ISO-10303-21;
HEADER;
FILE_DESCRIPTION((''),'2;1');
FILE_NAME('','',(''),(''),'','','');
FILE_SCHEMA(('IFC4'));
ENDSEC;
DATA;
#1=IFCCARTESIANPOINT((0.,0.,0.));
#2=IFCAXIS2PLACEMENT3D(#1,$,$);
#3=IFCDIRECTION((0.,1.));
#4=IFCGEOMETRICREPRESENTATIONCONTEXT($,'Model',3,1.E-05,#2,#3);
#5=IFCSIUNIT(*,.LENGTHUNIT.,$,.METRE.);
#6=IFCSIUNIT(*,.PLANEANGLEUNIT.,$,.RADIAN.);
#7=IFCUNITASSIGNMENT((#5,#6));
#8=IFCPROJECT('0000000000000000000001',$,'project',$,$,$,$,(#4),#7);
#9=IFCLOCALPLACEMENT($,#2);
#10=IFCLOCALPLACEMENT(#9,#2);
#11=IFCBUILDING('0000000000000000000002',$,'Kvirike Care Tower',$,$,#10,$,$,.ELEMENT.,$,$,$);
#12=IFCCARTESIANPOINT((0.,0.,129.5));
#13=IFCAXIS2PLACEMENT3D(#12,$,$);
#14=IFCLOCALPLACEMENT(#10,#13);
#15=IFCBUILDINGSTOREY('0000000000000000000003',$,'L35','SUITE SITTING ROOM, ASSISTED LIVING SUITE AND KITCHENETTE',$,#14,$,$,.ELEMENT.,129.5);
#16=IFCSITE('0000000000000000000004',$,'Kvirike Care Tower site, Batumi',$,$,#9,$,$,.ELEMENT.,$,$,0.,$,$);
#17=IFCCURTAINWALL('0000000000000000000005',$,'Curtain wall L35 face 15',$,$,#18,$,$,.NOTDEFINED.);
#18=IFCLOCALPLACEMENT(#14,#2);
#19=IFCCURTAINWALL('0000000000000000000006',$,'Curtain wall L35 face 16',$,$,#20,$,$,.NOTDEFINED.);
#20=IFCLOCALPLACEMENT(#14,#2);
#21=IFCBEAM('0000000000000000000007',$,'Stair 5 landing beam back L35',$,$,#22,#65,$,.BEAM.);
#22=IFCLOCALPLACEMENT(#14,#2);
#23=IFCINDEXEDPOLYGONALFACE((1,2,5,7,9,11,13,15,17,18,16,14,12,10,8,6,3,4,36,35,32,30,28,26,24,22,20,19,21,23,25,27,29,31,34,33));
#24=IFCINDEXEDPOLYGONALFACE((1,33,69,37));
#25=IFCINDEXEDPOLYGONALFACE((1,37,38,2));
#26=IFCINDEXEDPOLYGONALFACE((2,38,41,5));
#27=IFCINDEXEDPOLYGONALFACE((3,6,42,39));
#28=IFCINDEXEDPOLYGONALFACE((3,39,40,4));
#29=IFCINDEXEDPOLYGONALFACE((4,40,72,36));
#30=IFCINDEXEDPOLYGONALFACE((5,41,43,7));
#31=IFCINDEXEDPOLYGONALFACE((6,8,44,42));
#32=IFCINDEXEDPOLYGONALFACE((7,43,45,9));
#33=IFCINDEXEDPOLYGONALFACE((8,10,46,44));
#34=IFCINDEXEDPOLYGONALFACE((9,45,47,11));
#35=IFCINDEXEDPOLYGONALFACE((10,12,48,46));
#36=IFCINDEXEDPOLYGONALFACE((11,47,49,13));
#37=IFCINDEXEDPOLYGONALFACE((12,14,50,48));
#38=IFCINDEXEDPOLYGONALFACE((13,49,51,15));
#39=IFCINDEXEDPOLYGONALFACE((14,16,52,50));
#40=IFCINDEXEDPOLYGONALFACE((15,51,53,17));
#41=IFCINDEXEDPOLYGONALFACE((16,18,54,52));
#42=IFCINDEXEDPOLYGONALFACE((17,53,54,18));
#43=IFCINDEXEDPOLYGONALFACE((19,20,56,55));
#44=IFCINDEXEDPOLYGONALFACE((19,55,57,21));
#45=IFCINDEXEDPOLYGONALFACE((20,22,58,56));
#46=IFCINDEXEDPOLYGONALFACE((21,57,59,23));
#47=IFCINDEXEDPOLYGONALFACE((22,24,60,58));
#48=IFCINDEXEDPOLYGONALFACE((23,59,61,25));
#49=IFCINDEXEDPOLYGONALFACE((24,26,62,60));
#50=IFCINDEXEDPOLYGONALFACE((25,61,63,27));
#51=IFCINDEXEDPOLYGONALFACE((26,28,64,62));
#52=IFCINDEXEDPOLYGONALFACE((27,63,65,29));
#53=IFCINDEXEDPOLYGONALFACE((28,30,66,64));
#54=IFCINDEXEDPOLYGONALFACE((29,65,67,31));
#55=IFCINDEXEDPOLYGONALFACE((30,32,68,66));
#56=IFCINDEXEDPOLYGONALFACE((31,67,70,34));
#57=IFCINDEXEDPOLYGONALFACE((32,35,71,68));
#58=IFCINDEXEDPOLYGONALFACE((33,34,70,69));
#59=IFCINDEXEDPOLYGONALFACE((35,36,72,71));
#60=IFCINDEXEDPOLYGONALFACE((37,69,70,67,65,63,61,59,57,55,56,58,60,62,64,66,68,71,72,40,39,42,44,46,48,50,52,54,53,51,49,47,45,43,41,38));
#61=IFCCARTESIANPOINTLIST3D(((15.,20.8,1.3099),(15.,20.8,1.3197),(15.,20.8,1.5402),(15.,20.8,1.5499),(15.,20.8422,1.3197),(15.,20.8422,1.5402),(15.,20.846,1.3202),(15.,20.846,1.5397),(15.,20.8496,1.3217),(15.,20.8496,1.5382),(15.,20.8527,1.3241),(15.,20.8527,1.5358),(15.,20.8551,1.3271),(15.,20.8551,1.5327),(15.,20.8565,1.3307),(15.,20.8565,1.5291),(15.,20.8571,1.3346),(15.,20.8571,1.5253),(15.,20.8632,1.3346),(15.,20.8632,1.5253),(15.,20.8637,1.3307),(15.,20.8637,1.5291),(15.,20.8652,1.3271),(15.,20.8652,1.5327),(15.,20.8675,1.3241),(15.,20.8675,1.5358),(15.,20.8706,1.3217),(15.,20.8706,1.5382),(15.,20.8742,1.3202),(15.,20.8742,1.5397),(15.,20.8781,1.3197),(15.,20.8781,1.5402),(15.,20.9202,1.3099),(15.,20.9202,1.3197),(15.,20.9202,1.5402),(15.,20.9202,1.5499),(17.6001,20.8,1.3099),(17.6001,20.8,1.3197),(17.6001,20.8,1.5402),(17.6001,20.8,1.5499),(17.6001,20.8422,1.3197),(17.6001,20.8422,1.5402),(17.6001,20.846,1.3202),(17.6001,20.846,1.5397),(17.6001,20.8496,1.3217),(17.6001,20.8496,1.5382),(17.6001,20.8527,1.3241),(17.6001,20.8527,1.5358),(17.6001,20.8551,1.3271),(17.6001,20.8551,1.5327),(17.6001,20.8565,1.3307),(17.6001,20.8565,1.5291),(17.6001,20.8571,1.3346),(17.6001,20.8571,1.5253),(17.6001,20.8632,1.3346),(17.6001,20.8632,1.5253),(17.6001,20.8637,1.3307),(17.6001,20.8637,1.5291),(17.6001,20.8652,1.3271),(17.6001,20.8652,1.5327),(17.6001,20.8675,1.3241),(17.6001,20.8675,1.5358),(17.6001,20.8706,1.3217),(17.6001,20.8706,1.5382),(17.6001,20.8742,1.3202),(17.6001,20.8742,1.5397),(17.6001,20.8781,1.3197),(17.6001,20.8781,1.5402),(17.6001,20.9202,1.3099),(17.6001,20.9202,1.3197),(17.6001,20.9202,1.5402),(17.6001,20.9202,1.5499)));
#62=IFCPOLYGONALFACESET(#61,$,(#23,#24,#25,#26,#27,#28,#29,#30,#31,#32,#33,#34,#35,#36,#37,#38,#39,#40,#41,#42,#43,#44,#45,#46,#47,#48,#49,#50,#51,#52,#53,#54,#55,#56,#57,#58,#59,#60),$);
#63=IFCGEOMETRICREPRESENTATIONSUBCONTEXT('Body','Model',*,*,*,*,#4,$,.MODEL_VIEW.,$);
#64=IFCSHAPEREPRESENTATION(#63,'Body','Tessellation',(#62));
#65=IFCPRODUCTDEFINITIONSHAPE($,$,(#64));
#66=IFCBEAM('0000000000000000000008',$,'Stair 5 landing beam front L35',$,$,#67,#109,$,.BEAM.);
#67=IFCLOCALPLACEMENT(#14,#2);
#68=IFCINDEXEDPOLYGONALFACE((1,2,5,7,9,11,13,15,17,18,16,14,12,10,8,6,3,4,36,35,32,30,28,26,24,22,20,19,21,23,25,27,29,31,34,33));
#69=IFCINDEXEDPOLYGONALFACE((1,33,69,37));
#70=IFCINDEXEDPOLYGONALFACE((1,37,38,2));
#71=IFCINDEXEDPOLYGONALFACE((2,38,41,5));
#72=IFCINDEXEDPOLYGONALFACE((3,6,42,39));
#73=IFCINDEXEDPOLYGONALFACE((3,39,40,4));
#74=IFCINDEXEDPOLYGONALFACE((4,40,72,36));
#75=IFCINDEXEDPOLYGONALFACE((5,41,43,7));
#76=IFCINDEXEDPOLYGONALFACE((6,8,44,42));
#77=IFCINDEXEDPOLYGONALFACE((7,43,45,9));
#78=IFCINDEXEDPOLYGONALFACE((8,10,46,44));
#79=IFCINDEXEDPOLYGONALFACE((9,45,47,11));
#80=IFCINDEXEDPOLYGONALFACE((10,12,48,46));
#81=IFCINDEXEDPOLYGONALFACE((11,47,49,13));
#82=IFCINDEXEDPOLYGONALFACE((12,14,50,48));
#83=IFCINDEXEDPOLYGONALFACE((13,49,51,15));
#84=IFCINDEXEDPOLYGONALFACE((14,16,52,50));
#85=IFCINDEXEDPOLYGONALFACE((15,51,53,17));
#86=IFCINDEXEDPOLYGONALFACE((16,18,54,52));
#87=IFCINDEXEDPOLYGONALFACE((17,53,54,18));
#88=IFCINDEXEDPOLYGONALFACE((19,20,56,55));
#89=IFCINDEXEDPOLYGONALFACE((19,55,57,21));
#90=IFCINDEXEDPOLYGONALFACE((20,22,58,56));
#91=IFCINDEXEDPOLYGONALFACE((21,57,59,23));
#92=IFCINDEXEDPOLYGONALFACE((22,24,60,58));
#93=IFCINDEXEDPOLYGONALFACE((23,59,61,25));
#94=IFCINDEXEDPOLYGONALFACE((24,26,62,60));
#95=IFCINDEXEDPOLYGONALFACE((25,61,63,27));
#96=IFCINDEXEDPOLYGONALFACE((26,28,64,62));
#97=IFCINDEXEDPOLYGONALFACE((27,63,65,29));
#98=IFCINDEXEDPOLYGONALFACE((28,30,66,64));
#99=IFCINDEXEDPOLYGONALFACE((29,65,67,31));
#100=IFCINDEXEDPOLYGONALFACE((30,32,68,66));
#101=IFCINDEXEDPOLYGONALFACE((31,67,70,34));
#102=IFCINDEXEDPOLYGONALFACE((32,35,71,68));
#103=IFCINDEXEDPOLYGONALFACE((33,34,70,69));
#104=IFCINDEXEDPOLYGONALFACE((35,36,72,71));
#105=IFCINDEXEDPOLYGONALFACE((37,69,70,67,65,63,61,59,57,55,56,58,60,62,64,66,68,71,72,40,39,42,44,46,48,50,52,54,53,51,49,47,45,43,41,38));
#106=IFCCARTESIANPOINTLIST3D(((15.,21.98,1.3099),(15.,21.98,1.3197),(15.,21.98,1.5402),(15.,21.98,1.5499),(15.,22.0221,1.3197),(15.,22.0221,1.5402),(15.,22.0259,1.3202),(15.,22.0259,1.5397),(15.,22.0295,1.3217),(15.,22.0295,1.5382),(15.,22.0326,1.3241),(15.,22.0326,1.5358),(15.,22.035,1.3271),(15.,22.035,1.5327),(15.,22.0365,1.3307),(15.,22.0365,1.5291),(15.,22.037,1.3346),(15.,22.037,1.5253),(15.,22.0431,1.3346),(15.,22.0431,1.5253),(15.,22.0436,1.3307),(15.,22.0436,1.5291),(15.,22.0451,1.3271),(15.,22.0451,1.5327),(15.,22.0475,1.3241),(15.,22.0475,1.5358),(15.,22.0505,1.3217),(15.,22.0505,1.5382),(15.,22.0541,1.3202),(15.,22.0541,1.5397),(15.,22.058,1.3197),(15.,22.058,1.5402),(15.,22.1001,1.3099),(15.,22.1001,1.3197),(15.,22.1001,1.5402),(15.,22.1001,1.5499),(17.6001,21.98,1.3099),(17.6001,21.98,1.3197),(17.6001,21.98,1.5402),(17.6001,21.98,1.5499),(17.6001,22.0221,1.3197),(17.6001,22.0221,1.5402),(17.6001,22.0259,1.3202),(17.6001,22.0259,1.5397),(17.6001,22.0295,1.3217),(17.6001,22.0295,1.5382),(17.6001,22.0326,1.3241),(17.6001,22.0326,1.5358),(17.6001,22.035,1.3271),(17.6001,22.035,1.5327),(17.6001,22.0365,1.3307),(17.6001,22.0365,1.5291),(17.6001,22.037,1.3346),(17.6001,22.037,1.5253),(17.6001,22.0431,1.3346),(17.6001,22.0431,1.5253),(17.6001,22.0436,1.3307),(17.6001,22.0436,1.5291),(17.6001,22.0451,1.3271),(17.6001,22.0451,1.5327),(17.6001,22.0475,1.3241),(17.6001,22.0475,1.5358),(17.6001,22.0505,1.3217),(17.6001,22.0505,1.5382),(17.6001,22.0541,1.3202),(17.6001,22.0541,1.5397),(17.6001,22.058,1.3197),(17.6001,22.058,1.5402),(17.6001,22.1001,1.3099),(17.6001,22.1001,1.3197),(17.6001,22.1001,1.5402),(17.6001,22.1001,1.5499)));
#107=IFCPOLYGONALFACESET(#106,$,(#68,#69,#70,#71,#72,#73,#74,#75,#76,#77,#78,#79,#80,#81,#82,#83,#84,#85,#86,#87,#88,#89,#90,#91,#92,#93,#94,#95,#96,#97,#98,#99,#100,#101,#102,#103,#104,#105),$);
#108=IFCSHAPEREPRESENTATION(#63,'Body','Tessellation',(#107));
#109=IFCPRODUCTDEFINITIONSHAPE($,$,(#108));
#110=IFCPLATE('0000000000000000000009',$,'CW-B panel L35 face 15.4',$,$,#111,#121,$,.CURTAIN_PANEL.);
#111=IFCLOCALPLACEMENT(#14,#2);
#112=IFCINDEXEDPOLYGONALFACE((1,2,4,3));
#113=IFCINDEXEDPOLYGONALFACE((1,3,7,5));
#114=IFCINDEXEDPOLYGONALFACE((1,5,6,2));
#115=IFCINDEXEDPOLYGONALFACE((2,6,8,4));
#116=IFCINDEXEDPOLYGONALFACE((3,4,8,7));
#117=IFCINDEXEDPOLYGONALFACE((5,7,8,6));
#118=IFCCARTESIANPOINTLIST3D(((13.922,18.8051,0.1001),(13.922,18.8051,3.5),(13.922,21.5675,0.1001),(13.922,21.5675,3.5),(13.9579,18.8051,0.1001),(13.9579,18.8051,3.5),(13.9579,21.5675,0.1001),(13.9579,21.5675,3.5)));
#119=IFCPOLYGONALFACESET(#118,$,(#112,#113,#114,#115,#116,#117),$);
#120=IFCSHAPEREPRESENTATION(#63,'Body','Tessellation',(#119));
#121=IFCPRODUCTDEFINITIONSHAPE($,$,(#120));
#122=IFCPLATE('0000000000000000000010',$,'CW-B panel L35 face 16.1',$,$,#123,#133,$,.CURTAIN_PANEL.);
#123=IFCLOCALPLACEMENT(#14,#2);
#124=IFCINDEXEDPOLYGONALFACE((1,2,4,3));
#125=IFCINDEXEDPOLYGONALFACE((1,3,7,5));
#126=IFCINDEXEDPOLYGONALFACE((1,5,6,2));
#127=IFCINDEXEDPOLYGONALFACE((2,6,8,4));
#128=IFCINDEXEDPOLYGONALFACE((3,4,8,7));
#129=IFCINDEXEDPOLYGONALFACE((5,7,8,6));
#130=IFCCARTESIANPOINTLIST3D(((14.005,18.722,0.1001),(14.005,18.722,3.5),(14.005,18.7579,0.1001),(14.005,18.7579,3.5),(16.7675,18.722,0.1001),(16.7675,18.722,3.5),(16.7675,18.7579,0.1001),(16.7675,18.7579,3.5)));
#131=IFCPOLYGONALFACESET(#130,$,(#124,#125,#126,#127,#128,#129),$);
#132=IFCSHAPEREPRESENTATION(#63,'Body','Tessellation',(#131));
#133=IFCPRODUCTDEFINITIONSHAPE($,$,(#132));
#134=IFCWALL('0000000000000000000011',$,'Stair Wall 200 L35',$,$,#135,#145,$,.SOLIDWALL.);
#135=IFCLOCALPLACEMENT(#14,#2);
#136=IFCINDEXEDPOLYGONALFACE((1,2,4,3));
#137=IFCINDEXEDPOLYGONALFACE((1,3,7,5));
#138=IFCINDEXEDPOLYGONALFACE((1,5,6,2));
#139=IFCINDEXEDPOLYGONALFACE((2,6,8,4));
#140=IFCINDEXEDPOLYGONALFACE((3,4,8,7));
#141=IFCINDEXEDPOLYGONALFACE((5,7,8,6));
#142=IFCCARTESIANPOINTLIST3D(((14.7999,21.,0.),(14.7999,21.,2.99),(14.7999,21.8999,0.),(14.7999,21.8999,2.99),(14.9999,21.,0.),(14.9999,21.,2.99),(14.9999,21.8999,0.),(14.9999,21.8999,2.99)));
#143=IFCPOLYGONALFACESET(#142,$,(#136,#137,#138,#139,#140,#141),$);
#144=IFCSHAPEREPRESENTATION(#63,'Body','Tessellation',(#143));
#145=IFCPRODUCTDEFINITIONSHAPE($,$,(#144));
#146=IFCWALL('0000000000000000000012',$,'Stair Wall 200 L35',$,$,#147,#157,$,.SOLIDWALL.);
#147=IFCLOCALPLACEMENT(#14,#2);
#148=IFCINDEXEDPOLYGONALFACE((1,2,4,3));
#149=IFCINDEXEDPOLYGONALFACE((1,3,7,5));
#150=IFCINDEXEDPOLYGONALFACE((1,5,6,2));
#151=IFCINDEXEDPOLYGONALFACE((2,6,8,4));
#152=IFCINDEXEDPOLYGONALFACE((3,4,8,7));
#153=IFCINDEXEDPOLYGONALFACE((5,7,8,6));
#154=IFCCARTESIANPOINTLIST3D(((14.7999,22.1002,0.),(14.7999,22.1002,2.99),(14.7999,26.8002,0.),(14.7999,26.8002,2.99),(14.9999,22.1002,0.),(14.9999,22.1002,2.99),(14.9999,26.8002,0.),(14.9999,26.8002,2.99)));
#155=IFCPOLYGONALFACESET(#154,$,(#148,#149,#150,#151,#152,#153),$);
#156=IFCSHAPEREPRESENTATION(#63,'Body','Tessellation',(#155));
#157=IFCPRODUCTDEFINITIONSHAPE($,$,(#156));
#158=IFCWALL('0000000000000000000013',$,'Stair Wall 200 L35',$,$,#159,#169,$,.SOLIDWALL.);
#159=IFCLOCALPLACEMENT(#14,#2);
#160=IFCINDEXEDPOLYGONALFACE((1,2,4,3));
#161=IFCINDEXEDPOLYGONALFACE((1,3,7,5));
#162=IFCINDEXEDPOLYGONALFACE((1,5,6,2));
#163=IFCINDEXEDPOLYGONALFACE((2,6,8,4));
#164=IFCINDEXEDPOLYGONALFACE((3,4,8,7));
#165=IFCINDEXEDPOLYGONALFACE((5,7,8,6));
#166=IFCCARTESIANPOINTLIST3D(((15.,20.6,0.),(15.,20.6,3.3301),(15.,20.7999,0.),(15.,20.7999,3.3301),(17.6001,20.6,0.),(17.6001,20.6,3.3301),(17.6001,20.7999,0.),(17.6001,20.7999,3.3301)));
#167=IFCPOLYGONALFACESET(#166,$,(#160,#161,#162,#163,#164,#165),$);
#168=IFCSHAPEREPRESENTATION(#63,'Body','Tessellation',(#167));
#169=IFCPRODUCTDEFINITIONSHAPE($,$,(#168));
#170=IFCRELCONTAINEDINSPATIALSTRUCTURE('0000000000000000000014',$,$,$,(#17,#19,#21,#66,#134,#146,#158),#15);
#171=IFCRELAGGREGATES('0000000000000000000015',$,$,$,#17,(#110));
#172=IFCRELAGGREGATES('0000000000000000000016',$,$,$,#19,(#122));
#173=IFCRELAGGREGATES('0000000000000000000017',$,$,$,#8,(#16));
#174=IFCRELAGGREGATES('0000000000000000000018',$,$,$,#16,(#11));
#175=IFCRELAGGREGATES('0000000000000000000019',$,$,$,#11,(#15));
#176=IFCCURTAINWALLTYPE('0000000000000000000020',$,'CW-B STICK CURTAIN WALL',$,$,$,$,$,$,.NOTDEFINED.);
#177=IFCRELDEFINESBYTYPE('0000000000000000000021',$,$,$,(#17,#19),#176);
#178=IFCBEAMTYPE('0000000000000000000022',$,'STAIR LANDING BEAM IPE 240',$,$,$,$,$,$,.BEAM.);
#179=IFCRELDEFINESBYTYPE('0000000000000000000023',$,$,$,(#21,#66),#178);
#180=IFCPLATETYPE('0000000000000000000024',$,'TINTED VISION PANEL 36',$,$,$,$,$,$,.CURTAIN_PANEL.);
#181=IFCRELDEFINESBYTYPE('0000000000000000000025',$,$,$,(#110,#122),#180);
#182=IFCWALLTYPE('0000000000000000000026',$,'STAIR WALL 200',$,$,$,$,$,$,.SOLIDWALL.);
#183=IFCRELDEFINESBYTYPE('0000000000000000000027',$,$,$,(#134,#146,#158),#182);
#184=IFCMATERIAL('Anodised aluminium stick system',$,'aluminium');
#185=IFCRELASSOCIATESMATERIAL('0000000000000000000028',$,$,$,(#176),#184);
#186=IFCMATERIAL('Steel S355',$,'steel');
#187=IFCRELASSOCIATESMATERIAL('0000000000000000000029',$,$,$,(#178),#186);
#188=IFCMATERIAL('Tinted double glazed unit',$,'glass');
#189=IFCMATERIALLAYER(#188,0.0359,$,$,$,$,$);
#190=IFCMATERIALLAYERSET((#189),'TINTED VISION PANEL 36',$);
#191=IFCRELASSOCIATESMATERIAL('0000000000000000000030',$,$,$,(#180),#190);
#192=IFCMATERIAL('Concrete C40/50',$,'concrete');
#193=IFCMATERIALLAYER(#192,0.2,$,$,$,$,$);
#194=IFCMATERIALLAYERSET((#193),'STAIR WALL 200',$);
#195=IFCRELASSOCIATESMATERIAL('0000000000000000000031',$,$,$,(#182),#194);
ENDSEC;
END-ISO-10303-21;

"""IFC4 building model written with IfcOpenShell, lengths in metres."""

from ifc_helpers import new_model, si_unit, direction, frame, frame_2d, origin, origin_2d, place, context, subcontext, project, spatial, rectangle, i_section, extrude, material, layer, layer_set, material_profile, profile_set, type_object, element, aggregate, save


model = new_model("IFC4")

# Units and contexts
model_context = context("Model", 3, precision=1e-05, world=origin(), true_north=direction((0.0, 1.0)))
body_context = subcontext(model_context, "Body", "Model", "MODEL_VIEW")
ifc_project = project(units=[si_unit("LENGTHUNIT", "METRE"), si_unit("PLANEANGLEUNIT", "RADIAN")], contexts=[model_context])

# Site, building, storey
site_placement = place(None, origin())
site = spatial("IfcSite", under=ifc_project, at=site_placement, Name="Kvirike Care Tower site, Batumi", CompositionType="ELEMENT", RefElevation=0.0)
building_placement = place(site_placement, origin())
building = spatial("IfcBuilding", under=site, at=building_placement, Name="Kvirike Care Tower", CompositionType="ELEMENT")
storey_placement = place(building_placement, frame((0.0, 0.0, 129.5)))
storey = spatial("IfcBuildingStorey", under=building, at=storey_placement, Name="L35", Description="SUITE SITTING ROOM, ASSISTED LIVING SUITE AND KITCHENETTE", CompositionType="ELEMENT", Elevation=129.5)

# Curtain wall
ifc_material_1 = material(Name="Anodised aluminium stick system", Category="aluminium")
curtain_wall_type = type_object("IfcCurtainWallType", Name="CW-B STICK CURTAIN WALL", PredefinedType="NOTDEFINED", material=ifc_material_1)
curtain_wall_1_placement = place(storey_placement, origin())
curtain_wall_1 = element("IfcCurtainWall", 1, at=curtain_wall_1_placement, inside=storey, type_object=curtain_wall_type, Name="Curtain wall L35 face 15", PredefinedType="NOTDEFINED")

# Curtain wall
curtain_wall_2_placement = place(storey_placement, origin())
curtain_wall_2 = element("IfcCurtainWall", 2, at=curtain_wall_2_placement, inside=storey, type_object=curtain_wall_type, Name="Curtain wall L35 face 16", PredefinedType="NOTDEFINED")

# Beams
ifc_material_2 = material(Name="Steel S355", Category="steel")
ifc_material_profile_1 = material_profile(ifc_material_2, i_section(OverallWidth=0.1201, OverallDepth=0.24, WebThickness=0.0061, FlangeThickness=0.0098, FilletRadius=0.0149, at=origin_2d()), Name="IPE 240")
ifc_profile_set_1 = profile_set([ifc_material_profile_1], Name="Steel S355")
beam_type_1 = type_object("IfcBeamType", Name="STAIR LANDING BEAM IPE 240", PredefinedType="BEAM", material=ifc_profile_set_1)
for number, where, z_axis, x_axis, name in (
    (3, (15.0, 20.8601, 1.4299), (1.0, 0.0, 0.0), (0.0, 1.0, 0.0), "Stair 5 landing beam back L35"),
    (4, (15.0, 22.04, 1.4299), (1.0, 0.0, 0.0), (0.0, 1.0, 0.0), "Stair 5 landing beam front L35"),
):
    element("IfcBeam", number, at=place(storey_placement, frame(where, z_axis=z_axis, x_axis=x_axis)), inside=storey, type_object=beam_type_1, Name=name, PredefinedType="BEAM", context=body_context, shape_type="SweptSolid", body=[
        extrude(i_section(OverallWidth=0.1201, OverallDepth=0.24, WebThickness=0.0061, FlangeThickness=0.0098, FilletRadius=0.0149, at=origin_2d()), origin(), (0.0, 0.0, 1.0), 2.6001),
    ])

# Plates
ifc_material_3 = material(Name="Tinted double glazed unit", Category="glass")
ifc_layer_1 = layer(ifc_material_3, 0.0359)
ifc_layer_set_1 = layer_set([ifc_layer_1], Name="TINTED VISION PANEL 36")
plate_type = type_object("IfcPlateType", Name="TINTED VISION PANEL 36", PredefinedType="CURTAIN_PANEL", material=ifc_layer_set_1)
plate_1_placement = place(storey_placement, frame((13.9399, 20.1863, 0.1001), z_axis=(0.0, 0.0, 1.0), x_axis=(0.0, -1.0, 0.0)))
plate_1 = element("IfcPlate", 5, at=plate_1_placement, type_object=plate_type, Name="CW-B panel L35 face 15.4", PredefinedType="CURTAIN_PANEL", context=body_context, shape_type="SweptSolid", body=[
    extrude(rectangle(XDim=2.7625, YDim=0.0359, at=origin_2d()), origin(), (0.0, 0.0, 1.0), 3.3999),
])
aggregate(curtain_wall_1, [plate_1])
plate_2_placement = place(storey_placement, frame((15.3862, 18.74, 0.1001), z_axis=(0.0, 0.0, 1.0), x_axis=(1.0, 0.0, 0.0)))
plate_2 = element("IfcPlate", 6, at=plate_2_placement, type_object=plate_type, Name="CW-B panel L35 face 16.1", PredefinedType="CURTAIN_PANEL", context=body_context, shape_type="SweptSolid", body=[
    extrude(rectangle(XDim=2.7625, YDim=0.0359, at=origin_2d()), origin(), (0.0, 0.0, 1.0), 3.3999),
])
aggregate(curtain_wall_2, [plate_2])

# Walls
ifc_material_4 = material(Name="Concrete C40/50", Category="concrete")
ifc_layer_2 = layer(ifc_material_4, 0.2)
ifc_layer_set_2 = layer_set([ifc_layer_2], Name="STAIR WALL 200")
wall_type = type_object("IfcWallType", Name="STAIR WALL 200", PredefinedType="SOLIDWALL", material=ifc_layer_set_2)
wall_1_placement = place(storey_placement, frame((14.8999, 21.0, 0.0), z_axis=(0.0, 0.0, 1.0), x_axis=(0.0, 1.0, 0.0)))
element("IfcWall", 7, at=wall_1_placement, inside=storey, type_object=wall_type, Name="Stair Wall 200 L35", PredefinedType="SOLIDWALL", context=body_context, shape_type="SweptSolid", body=[
    extrude(rectangle(XDim=0.8999, YDim=0.2, at=frame_2d((0.45, 0.0))), origin(), (0.0, 0.0, 1.0), 2.99),
])
wall_2_placement = place(storey_placement, frame((14.8999, 22.1001, 0.0), z_axis=(0.0, 0.0, 1.0), x_axis=(0.0, 1.0, 0.0)))
element("IfcWall", 8, at=wall_2_placement, inside=storey, type_object=wall_type, Name="Stair Wall 200 L35", PredefinedType="SOLIDWALL", context=body_context, shape_type="SweptSolid", body=[
    extrude(rectangle(XDim=4.7, YDim=0.2, at=frame_2d((2.3501, 0.0))), origin(), (0.0, 0.0, 1.0), 2.99),
])
wall_3_placement = place(storey_placement, frame((15.0, 20.7, 0.0), z_axis=(0.0, 0.0, 1.0), x_axis=(1.0, 0.0, 0.0)))
element("IfcWall", 9, at=wall_3_placement, inside=storey, type_object=wall_type, Name="Stair Wall 200 L35", PredefinedType="SOLIDWALL", context=body_context, shape_type="SweptSolid", body=[
    extrude(rectangle(XDim=2.6001, YDim=0.2, at=frame_2d((1.3, 0.0))), origin(), (0.0, 0.0, 1.0), 3.3301),
])

save(model, "model.ifc")
